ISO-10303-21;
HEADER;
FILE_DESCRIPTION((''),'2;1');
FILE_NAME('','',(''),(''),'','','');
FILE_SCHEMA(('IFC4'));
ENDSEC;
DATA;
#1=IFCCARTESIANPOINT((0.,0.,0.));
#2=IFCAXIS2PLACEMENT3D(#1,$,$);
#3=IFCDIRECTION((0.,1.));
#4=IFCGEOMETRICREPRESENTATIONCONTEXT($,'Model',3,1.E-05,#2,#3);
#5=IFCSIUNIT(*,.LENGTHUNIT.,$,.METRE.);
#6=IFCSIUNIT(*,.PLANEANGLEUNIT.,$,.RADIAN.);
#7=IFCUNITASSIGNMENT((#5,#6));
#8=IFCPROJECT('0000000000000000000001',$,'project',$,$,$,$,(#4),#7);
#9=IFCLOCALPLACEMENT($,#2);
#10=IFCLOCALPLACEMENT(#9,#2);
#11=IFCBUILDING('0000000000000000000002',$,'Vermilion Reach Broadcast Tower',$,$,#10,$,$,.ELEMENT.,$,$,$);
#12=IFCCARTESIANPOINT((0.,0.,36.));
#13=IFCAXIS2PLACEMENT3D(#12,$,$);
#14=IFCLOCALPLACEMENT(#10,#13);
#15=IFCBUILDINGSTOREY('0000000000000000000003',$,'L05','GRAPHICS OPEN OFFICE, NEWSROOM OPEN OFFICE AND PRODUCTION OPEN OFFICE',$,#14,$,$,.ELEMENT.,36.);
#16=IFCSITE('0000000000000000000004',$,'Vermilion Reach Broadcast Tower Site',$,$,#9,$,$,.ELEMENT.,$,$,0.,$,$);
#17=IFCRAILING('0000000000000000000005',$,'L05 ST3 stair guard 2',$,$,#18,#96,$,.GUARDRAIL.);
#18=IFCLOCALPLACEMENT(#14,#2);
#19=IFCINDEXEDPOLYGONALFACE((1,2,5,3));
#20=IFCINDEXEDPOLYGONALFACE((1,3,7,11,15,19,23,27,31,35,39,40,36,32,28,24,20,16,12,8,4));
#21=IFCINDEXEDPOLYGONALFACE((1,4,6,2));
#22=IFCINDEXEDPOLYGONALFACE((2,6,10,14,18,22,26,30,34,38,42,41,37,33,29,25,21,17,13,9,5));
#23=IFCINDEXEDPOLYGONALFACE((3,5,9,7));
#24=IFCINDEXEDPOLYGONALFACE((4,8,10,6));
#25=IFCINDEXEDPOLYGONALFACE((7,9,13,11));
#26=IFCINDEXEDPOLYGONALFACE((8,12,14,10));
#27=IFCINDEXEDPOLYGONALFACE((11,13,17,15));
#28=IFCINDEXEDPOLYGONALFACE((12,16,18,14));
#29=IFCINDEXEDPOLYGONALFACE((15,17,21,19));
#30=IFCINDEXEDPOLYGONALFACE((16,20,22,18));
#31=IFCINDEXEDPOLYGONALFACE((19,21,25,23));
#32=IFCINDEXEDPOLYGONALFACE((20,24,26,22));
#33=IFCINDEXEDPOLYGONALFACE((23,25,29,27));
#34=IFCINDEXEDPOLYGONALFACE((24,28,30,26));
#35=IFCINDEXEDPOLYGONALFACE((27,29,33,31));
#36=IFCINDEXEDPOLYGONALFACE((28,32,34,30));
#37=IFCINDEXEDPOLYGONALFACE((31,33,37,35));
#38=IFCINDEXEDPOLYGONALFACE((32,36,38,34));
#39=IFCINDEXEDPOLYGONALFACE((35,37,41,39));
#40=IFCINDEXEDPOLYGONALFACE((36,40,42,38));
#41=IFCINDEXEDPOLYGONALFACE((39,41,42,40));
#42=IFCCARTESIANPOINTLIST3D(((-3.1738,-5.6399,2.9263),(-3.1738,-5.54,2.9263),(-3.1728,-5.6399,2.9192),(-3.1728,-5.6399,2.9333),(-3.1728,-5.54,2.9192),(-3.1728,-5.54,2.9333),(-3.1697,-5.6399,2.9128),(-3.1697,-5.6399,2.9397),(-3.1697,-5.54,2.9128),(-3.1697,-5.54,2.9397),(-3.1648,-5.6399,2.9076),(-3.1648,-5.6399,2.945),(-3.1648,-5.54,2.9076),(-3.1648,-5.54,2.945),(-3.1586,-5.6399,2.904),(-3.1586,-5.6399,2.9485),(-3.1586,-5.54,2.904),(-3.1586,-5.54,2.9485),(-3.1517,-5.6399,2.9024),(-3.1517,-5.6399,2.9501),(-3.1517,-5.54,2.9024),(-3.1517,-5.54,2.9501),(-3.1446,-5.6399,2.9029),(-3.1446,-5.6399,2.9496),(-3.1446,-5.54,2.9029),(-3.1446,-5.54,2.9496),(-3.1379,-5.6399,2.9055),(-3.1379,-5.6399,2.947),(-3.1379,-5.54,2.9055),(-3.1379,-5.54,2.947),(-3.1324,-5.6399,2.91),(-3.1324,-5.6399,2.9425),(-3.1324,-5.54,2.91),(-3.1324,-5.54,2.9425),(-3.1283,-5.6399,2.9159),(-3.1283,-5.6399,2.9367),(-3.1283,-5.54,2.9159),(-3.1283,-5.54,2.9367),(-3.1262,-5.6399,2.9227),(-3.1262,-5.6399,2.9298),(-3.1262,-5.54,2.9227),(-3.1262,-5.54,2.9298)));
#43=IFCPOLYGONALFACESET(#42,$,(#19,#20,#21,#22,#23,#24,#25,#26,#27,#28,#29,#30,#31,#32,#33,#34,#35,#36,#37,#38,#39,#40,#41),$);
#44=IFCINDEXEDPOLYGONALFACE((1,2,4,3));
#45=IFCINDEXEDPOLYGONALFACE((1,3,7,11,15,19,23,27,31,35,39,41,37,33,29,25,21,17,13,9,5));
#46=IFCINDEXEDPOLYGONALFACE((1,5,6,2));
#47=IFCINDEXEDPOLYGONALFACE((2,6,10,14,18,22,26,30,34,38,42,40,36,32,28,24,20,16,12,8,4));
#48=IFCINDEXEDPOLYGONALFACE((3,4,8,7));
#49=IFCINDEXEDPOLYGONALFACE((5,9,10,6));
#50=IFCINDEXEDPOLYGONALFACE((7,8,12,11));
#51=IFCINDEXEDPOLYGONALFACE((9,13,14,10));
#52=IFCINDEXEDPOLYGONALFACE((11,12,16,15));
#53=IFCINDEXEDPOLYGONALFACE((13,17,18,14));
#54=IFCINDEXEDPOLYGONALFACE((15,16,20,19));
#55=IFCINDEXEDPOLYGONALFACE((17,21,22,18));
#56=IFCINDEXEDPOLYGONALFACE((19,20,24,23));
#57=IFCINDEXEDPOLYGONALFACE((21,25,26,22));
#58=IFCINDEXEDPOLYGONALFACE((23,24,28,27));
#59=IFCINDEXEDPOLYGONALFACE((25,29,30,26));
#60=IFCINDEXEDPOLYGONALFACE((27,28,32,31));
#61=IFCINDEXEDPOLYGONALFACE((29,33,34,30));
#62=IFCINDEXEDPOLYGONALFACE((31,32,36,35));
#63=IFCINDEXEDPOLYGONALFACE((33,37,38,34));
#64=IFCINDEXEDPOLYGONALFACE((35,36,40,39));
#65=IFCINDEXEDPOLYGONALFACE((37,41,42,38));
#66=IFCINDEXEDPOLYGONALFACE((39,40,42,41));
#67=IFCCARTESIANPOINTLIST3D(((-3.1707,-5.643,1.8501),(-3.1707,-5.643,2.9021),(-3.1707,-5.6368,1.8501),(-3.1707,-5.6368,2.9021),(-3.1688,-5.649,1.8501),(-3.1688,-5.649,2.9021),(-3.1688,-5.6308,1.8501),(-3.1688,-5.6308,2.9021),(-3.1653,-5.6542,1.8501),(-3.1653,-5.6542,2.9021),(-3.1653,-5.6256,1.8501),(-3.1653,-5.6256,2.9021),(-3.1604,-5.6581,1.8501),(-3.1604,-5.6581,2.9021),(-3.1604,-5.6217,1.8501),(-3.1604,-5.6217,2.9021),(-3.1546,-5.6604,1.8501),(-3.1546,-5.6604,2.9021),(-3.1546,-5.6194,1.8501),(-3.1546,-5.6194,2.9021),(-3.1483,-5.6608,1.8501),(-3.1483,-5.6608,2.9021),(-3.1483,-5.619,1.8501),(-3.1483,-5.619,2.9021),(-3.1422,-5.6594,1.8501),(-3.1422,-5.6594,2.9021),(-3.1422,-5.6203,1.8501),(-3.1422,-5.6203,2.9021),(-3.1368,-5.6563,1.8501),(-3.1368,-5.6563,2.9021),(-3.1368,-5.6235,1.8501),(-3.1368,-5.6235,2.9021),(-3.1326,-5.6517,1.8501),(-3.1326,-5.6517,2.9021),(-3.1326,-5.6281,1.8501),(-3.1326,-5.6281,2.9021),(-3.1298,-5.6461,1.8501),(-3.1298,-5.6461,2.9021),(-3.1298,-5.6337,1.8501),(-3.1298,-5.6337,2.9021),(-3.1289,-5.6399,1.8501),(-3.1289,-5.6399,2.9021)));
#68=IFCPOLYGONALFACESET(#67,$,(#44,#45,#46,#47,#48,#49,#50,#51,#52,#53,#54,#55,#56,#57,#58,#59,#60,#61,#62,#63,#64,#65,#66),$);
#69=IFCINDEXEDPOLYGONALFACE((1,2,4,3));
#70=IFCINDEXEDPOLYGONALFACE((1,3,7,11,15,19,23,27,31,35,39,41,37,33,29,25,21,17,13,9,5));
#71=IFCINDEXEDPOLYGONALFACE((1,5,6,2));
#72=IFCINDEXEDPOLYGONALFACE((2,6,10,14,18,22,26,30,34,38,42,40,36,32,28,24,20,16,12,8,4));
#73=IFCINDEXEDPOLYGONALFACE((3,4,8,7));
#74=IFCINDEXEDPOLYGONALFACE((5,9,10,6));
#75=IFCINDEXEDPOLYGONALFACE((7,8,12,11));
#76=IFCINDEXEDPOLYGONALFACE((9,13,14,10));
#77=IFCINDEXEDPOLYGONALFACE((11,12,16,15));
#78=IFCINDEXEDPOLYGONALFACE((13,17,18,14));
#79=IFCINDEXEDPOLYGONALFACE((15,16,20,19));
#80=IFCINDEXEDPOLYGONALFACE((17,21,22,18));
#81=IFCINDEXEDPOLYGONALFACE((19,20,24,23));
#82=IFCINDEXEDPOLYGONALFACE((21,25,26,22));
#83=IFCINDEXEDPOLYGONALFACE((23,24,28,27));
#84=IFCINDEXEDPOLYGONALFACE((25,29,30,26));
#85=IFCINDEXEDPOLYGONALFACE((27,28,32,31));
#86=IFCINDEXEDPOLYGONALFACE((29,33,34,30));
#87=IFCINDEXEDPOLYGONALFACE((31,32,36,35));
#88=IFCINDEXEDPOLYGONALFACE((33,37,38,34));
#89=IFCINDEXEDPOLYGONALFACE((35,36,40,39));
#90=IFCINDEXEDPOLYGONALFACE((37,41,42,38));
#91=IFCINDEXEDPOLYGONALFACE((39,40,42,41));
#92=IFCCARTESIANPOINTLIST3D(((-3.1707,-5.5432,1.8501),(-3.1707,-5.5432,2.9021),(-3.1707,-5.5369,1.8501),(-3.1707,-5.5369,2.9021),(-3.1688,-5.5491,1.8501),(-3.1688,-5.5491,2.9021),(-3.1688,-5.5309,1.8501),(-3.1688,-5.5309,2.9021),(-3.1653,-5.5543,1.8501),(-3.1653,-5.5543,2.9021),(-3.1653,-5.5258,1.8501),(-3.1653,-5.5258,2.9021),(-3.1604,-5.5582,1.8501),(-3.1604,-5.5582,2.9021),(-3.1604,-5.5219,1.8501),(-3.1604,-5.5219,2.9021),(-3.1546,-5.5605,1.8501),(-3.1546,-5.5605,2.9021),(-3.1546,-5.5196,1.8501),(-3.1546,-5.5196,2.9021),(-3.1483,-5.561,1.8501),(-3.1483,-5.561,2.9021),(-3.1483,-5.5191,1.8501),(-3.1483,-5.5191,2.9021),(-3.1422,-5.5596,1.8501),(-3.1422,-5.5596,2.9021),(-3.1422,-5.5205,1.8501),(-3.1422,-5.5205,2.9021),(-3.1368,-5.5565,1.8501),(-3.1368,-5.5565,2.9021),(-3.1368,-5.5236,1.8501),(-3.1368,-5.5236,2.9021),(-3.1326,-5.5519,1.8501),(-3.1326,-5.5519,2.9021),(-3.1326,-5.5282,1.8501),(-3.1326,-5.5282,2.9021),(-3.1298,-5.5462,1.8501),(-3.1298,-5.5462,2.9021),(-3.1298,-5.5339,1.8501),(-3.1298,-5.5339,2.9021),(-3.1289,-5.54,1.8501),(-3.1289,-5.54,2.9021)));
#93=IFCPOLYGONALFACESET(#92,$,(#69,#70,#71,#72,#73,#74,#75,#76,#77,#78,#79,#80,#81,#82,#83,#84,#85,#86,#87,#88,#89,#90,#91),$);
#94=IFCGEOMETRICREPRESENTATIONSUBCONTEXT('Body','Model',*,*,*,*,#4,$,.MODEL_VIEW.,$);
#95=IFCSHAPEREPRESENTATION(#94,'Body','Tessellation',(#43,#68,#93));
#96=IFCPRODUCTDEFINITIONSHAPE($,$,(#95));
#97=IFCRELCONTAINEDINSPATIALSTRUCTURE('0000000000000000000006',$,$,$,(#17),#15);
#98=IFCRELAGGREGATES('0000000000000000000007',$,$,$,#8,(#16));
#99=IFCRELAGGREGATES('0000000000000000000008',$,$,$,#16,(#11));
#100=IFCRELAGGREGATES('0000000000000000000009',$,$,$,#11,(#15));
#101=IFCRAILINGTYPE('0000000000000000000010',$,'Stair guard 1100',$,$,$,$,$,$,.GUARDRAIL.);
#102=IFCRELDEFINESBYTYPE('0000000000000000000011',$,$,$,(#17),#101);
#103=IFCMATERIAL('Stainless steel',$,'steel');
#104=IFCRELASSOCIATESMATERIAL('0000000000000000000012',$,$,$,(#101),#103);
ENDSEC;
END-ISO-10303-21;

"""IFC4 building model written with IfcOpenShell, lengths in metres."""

from ifc_helpers import new_model, si_unit, direction, frame, origin, origin_2d, place, context, subcontext, project, spatial, circle, extrude, material, type_object, element, save


model = new_model("IFC4")

# Units and contexts
model_context = context("Model", 3, precision=1e-05, world=origin(), true_north=direction((0.0, 1.0)))
body_context = subcontext(model_context, "Body", "Model", "MODEL_VIEW")
ifc_project = project(units=[si_unit("LENGTHUNIT", "METRE"), si_unit("PLANEANGLEUNIT", "RADIAN")], contexts=[model_context])

# Site, building, storey
site_placement = place(None, origin())
site = spatial("IfcSite", under=ifc_project, at=site_placement, Name="Vermilion Reach Broadcast Tower Site", CompositionType="ELEMENT", RefElevation=0.0)
building_placement = place(site_placement, origin())
building = spatial("IfcBuilding", under=site, at=building_placement, Name="Vermilion Reach Broadcast Tower", CompositionType="ELEMENT")
storey_placement = place(building_placement, frame((0.0, 0.0, 36.0)))
storey = spatial("IfcBuildingStorey", under=building, at=storey_placement, Name="L05", Description="GRAPHICS OPEN OFFICE, NEWSROOM OPEN OFFICE AND PRODUCTION OPEN OFFICE", CompositionType="ELEMENT", Elevation=36.0)

# Railing
ifc_material_1 = material(Name="Stainless steel", Category="steel")
railing_type_1 = type_object("IfcRailingType", Name="Stair guard 1100", PredefinedType="GUARDRAIL", material=ifc_material_1)
railing_1_placement = place(storey_placement, frame((-3.1499, -5.6399, 1.8501)))
element("IfcRailing", 1, at=railing_1_placement, inside=storey, type_object=railing_type_1, Name="L05 ST3 stair guard 2", PredefinedType="GUARDRAIL", context=body_context, shape_type="SweptSolid", body=[
    extrude(circle(Radius=0.0239, at=origin_2d()), frame((0.0, 0.0, 1.0762), z_axis=(0.0, 1.0, 0.0), x_axis=(-1.0, 0.0, 0.0)), (0.0, 0.0, 1.0), 0.0999),
    extrude(circle(Radius=0.021, at=origin_2d()), origin(), (0.0, 0.0, 1.0), 1.052),
    extrude(circle(Radius=0.021, at=origin_2d()), frame((0.0, 0.0999, 0.0)), (0.0, 0.0, 1.0), 1.052),
])

save(model, "model.ifc")
